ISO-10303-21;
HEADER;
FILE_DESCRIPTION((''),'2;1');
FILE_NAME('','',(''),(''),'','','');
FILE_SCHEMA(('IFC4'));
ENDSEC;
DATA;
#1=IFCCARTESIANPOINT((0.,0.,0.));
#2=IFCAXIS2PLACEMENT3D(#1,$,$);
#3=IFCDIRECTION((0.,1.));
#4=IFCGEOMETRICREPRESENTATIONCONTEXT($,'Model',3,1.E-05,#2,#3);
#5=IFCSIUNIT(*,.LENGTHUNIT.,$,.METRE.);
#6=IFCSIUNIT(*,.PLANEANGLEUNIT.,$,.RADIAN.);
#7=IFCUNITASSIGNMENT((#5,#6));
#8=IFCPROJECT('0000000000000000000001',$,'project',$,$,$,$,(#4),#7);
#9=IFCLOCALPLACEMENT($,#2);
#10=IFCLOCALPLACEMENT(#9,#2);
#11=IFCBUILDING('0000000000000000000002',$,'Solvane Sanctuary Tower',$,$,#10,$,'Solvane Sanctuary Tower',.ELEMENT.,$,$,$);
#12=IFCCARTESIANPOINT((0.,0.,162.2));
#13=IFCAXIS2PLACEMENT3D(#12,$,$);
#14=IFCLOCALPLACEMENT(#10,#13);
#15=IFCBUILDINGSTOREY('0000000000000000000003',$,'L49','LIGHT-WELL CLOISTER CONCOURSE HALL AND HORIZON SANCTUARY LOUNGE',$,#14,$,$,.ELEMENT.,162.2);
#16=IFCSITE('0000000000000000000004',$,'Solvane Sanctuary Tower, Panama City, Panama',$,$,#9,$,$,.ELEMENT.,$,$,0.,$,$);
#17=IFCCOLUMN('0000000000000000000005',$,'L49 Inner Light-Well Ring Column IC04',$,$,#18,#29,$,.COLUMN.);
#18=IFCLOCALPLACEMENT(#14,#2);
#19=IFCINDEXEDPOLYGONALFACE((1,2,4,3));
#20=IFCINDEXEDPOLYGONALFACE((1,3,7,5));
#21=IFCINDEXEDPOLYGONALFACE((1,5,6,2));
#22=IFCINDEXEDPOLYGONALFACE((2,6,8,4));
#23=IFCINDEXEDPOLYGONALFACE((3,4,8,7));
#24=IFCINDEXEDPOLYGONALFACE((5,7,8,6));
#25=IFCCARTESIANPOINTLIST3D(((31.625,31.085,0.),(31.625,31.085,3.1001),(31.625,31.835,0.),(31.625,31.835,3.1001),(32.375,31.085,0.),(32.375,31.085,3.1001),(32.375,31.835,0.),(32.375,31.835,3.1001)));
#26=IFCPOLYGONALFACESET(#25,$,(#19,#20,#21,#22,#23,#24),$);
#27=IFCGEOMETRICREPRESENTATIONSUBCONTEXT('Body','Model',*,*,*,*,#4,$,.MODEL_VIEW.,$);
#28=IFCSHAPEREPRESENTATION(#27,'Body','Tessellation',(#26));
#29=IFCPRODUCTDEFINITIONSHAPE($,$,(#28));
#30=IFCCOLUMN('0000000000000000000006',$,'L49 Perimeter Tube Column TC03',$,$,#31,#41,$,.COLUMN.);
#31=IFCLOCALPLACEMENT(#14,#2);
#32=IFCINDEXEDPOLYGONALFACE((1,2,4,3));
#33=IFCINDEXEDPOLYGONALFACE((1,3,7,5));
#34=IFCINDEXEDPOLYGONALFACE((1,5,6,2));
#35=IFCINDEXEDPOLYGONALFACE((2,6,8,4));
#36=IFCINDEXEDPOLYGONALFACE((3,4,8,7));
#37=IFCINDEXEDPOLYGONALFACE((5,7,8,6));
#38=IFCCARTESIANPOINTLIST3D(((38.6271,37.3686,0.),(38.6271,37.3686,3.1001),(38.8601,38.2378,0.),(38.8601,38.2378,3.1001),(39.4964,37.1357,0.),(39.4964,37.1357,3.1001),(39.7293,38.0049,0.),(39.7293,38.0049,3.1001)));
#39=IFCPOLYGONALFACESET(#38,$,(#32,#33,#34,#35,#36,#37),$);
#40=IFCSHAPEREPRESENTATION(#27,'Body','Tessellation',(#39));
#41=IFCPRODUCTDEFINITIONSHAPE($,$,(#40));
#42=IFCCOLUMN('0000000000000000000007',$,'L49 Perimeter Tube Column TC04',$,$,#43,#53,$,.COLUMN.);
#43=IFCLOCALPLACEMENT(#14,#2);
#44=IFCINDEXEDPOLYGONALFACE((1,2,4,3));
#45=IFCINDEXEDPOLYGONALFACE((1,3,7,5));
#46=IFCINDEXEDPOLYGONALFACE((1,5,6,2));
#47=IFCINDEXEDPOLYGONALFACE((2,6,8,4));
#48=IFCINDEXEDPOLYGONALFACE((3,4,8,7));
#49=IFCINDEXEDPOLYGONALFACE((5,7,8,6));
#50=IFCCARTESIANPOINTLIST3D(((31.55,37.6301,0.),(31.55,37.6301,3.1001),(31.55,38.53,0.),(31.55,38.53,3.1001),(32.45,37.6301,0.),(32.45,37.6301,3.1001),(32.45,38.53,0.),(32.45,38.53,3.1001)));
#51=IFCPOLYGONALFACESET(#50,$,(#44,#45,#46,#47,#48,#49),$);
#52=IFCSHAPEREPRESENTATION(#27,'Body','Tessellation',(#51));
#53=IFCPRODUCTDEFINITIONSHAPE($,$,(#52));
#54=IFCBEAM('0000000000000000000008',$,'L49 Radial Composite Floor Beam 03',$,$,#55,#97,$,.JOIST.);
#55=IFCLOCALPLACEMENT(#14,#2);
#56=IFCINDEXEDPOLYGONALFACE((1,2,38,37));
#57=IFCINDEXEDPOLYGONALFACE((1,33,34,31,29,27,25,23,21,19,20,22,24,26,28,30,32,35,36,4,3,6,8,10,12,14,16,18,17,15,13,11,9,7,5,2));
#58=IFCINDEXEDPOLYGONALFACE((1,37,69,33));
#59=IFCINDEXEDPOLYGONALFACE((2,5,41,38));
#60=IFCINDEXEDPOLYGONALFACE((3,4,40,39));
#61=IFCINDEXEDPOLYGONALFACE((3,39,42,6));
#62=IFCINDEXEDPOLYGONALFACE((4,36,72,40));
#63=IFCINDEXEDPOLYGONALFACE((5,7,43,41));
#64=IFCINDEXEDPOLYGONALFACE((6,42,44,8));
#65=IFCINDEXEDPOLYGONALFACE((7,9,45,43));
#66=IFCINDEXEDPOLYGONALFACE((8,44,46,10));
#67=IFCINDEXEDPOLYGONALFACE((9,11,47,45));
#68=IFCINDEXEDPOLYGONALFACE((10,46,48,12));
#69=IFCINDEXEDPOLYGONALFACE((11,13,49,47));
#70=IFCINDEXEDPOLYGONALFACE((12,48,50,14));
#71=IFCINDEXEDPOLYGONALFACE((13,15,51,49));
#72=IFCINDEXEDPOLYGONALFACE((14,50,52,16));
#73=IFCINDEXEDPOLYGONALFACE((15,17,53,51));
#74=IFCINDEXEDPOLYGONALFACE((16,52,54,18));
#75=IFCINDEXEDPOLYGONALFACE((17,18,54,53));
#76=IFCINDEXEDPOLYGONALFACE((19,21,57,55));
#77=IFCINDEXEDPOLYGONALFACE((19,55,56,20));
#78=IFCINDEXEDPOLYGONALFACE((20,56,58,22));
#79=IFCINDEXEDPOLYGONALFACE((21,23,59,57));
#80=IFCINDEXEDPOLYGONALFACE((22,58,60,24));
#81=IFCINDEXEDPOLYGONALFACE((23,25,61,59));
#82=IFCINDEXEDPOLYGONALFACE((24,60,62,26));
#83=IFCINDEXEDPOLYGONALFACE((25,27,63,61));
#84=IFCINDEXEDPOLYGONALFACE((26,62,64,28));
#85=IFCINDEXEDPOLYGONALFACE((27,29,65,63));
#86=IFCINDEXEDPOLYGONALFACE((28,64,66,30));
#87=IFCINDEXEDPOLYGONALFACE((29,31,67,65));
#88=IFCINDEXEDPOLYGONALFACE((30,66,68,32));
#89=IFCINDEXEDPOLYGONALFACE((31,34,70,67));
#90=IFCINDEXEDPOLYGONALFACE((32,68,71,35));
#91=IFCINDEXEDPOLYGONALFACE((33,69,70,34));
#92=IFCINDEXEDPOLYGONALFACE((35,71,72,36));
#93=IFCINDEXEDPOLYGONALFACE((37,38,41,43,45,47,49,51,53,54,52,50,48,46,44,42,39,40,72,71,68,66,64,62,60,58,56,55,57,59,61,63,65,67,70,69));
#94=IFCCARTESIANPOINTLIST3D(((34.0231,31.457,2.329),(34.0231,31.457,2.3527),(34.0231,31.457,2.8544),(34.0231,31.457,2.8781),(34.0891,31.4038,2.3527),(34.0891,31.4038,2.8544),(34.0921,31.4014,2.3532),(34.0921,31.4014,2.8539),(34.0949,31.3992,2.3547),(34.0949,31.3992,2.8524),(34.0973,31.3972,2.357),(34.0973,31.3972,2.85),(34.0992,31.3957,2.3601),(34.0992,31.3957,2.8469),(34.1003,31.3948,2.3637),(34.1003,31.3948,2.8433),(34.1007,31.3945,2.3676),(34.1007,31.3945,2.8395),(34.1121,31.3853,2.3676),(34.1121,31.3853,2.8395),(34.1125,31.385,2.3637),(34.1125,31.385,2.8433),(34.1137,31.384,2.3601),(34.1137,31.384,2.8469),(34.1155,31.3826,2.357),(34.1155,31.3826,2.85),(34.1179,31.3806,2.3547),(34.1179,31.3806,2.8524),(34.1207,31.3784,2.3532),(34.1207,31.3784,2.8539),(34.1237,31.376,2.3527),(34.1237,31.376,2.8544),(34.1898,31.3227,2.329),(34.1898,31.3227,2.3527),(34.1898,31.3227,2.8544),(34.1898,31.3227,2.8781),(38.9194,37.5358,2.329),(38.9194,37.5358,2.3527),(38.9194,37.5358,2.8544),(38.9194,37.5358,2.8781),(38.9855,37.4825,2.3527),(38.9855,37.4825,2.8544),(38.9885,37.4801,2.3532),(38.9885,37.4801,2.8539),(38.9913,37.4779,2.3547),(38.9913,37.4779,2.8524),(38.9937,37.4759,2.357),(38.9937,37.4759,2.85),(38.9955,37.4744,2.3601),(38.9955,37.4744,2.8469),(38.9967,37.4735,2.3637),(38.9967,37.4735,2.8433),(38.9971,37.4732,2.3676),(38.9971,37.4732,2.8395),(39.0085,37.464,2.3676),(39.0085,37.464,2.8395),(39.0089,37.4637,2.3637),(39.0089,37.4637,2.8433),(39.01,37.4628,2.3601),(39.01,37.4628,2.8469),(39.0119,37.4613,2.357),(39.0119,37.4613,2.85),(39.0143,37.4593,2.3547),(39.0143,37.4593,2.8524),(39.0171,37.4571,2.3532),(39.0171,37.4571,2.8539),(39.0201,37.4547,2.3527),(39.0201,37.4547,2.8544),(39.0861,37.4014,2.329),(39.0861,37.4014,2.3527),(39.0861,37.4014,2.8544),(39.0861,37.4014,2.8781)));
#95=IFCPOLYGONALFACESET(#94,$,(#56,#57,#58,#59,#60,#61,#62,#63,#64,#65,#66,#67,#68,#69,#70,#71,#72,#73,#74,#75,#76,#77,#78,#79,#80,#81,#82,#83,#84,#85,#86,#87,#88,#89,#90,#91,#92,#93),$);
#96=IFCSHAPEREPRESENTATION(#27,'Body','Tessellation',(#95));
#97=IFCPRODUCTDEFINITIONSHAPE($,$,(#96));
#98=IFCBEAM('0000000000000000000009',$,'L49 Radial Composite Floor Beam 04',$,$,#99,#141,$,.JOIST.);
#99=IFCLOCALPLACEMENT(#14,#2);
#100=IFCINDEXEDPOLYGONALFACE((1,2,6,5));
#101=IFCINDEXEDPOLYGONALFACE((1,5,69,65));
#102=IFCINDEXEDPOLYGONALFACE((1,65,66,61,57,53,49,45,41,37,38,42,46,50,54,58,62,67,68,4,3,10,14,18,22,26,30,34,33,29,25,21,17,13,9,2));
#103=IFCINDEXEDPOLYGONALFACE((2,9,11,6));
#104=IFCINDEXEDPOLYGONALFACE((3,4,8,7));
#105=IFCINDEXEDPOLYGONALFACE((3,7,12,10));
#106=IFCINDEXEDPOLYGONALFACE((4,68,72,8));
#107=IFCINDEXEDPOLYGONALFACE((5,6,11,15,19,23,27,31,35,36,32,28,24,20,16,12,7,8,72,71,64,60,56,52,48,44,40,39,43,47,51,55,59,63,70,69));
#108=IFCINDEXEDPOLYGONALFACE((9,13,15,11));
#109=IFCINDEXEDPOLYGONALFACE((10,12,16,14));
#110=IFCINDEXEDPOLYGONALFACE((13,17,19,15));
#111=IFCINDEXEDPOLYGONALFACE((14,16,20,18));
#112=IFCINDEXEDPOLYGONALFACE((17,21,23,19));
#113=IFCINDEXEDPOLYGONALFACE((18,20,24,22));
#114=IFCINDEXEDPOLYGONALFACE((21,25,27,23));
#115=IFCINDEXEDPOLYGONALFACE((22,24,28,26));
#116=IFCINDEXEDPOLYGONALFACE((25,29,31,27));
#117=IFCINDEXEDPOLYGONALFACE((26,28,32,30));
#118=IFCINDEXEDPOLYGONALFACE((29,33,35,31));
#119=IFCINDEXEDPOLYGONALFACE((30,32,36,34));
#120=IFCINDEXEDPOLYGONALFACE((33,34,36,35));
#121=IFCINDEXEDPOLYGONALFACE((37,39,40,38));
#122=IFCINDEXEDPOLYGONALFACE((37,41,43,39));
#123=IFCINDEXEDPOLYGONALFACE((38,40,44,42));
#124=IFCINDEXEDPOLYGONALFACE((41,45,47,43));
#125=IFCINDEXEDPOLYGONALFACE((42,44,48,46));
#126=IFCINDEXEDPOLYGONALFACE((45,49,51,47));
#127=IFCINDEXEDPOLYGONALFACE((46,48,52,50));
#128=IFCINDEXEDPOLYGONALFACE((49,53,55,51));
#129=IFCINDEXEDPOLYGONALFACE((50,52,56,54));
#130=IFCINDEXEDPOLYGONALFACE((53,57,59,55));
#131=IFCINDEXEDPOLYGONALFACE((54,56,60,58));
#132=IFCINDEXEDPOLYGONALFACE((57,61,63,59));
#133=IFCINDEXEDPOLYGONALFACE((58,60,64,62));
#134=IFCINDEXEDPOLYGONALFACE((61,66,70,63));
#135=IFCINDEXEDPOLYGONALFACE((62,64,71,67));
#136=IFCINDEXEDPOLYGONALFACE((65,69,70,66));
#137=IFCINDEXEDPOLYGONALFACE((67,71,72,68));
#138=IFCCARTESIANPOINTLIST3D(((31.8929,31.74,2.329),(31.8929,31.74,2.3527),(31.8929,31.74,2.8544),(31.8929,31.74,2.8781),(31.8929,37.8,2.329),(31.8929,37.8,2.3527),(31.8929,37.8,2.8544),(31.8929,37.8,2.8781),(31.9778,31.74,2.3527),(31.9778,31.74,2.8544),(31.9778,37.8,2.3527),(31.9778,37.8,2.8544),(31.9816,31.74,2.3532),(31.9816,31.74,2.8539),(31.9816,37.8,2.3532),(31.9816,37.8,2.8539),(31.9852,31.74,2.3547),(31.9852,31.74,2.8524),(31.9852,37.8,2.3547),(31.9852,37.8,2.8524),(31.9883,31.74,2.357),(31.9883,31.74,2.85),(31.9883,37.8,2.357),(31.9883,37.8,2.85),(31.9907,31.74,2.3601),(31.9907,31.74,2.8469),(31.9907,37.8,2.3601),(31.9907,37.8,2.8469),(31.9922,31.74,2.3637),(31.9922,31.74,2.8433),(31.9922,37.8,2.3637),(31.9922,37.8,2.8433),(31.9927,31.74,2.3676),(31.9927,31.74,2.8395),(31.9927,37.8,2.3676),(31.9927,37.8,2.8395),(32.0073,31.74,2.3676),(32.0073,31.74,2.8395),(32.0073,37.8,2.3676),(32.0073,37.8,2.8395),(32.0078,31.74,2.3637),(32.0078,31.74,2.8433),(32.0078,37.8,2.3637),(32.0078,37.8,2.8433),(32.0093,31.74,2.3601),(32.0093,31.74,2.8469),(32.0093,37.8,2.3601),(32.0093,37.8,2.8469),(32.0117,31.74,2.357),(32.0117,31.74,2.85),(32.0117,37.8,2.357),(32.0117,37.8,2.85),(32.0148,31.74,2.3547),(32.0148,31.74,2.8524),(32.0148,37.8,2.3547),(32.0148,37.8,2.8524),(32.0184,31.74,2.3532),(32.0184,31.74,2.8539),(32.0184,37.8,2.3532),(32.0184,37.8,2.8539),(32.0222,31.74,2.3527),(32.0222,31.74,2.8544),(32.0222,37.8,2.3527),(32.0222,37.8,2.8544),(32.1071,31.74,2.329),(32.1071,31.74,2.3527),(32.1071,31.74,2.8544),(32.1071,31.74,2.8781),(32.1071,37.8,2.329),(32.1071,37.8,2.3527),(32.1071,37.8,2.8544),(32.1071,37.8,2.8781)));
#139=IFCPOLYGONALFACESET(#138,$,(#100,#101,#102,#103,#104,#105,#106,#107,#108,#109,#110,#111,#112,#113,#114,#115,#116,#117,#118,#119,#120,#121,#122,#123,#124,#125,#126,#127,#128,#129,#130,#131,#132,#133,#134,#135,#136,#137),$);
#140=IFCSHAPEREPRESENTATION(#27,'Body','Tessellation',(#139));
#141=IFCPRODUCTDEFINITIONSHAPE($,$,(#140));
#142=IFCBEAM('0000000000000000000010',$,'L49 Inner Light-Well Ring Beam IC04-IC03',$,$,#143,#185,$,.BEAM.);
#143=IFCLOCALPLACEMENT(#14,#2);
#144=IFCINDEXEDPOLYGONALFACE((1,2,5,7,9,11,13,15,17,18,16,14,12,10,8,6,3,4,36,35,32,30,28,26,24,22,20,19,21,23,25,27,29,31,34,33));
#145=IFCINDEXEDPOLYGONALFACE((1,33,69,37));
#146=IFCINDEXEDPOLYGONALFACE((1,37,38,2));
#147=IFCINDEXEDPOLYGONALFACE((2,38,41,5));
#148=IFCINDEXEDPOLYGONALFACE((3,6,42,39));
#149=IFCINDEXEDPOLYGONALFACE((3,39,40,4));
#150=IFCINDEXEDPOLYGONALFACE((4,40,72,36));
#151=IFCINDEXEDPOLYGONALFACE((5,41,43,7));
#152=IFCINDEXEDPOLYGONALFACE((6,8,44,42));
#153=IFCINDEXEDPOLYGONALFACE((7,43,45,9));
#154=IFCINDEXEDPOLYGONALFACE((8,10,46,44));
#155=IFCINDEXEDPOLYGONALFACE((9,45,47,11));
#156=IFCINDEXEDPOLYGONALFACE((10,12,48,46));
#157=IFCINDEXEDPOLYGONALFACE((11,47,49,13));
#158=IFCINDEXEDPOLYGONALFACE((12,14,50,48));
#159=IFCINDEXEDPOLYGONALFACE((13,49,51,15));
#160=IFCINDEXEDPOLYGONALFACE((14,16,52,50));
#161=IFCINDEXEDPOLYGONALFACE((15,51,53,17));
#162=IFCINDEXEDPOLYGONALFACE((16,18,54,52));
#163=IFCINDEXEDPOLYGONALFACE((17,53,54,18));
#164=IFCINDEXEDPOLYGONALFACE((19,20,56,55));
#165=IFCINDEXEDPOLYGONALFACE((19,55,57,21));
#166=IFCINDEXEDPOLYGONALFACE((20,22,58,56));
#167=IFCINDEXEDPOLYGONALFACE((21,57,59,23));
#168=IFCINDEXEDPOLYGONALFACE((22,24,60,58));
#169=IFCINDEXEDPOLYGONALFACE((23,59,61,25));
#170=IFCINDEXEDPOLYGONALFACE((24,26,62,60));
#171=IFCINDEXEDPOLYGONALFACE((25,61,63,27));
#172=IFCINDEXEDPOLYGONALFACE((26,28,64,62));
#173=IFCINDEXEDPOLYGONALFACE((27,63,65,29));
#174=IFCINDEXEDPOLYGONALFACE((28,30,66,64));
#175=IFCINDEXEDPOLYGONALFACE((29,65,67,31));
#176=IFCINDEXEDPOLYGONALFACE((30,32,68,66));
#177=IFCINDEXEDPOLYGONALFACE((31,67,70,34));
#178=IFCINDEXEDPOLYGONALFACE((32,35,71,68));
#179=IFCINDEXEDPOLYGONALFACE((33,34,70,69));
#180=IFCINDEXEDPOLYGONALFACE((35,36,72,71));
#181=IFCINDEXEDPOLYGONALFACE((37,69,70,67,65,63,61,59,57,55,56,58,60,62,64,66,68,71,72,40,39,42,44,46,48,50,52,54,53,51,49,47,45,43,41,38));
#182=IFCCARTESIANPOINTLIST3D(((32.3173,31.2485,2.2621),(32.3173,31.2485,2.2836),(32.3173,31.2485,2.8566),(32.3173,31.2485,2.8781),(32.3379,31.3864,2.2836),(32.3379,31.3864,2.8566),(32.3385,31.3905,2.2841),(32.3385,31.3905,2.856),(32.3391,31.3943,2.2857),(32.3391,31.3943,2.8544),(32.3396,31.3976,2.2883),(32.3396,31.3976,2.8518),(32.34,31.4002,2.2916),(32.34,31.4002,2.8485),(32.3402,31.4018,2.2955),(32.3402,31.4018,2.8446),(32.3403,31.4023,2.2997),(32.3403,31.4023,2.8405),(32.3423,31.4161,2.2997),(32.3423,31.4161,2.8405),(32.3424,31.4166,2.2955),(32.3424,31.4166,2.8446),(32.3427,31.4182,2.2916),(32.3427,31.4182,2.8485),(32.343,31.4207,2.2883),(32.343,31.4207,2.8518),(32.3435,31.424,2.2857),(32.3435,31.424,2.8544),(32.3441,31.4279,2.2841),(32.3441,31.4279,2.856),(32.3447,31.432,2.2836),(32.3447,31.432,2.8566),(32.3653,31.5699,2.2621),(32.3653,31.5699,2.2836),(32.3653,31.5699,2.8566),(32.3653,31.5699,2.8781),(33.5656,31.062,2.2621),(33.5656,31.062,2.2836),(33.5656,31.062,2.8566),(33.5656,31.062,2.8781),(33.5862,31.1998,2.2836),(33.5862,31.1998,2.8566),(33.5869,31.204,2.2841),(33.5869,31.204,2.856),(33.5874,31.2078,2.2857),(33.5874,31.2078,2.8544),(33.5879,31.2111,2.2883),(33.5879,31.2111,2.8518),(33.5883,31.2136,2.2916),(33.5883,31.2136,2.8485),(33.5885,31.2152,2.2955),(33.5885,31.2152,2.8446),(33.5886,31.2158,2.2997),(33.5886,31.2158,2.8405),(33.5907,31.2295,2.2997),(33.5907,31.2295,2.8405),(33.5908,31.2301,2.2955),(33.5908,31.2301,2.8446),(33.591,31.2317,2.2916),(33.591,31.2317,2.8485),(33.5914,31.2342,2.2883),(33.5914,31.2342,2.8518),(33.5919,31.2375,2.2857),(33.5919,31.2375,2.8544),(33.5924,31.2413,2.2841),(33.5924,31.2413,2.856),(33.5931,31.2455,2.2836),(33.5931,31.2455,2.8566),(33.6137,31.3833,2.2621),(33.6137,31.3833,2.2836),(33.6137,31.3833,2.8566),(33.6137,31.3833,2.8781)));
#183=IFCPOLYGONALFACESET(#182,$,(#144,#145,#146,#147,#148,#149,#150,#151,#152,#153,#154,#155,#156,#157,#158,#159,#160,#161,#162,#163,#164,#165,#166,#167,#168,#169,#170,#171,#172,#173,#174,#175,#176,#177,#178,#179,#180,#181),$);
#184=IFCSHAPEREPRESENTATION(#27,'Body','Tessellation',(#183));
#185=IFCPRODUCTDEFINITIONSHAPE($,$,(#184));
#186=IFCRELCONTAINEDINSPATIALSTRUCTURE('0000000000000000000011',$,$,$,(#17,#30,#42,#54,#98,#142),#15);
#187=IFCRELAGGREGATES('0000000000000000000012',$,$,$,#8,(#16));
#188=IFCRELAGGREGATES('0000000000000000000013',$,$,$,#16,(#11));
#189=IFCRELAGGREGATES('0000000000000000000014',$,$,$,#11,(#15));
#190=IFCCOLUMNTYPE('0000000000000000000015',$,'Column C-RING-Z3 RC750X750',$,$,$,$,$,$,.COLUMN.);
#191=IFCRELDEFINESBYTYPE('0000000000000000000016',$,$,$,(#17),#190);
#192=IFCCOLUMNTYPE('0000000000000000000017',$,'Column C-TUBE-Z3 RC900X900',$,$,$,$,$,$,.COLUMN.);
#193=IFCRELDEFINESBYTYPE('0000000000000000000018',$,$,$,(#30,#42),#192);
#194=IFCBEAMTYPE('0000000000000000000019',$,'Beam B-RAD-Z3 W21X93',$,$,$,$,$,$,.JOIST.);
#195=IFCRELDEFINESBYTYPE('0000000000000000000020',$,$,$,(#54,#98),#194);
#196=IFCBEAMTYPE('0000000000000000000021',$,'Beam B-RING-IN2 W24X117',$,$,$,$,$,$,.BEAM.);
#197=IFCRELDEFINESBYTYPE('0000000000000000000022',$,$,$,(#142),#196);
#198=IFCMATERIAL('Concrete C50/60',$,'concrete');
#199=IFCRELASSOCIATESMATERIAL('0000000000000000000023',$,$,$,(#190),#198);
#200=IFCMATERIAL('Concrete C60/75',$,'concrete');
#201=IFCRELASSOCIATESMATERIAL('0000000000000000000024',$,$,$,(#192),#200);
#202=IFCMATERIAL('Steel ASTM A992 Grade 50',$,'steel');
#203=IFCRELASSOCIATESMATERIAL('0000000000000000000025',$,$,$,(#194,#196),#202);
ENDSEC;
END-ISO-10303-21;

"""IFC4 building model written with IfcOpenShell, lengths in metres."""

from ifc_helpers import new_model, si_unit, direction, frame, origin, origin_2d, place, context, subcontext, project, spatial, rectangle, i_section, extrude, material, material_profile, profile_set, type_object, element, save


model = new_model("IFC4")

# Units and contexts
model_context = context("Model", 3, precision=1e-05, world=origin(), true_north=direction((0.0, 1.0)))
body_context = subcontext(model_context, "Body", "Model", "MODEL_VIEW")
ifc_project = project(units=[si_unit("LENGTHUNIT", "METRE"), si_unit("PLANEANGLEUNIT", "RADIAN")], contexts=[model_context])

# Site, building, storey
site_placement = place(None, origin())
site = spatial("IfcSite", under=ifc_project, at=site_placement, Name="Solvane Sanctuary Tower, Panama City, Panama", CompositionType="ELEMENT", RefElevation=0.0)
building_placement = place(site_placement, origin())
building = spatial("IfcBuilding", under=site, at=building_placement, Name="Solvane Sanctuary Tower", LongName="Solvane Sanctuary Tower", CompositionType="ELEMENT")
storey_placement = place(building_placement, frame((0.0, 0.0, 162.2)))
storey = spatial("IfcBuildingStorey", under=building, at=storey_placement, Name="L49", Description="LIGHT-WELL CLOISTER CONCOURSE HALL AND HORIZON SANCTUARY LOUNGE", CompositionType="ELEMENT", Elevation=162.2)

# Columns
ifc_material_1 = material(Name="Concrete C50/60", Category="concrete")
ifc_material_profile_1 = material_profile(ifc_material_1, rectangle(XDim=0.75, YDim=0.75, at=origin_2d()), Name="RC750X750")
ifc_profile_set_1 = profile_set([ifc_material_profile_1], Name="Concrete C50/60")
column_type_1 = type_object("IfcColumnType", Name="Column C-RING-Z3 RC750X750", PredefinedType="COLUMN", material=ifc_profile_set_1)
column_placement = place(storey_placement, frame((32.0, 31.46, 0.0), z_axis=(0.0, 0.0, 1.0), x_axis=(1.0, 0.0, 0.0)))
element("IfcColumn", 1, at=column_placement, inside=storey, type_object=column_type_1, Name="L49 Inner Light-Well Ring Column IC04", PredefinedType="COLUMN", context=body_context, shape_type="SweptSolid", body=[
    extrude(rectangle(XDim=0.75, YDim=0.75, at=origin_2d()), origin(), (0.0, 0.0, 1.0), 3.1001),
])
ifc_material_2 = material(Name="Concrete C60/75", Category="concrete")
ifc_material_profile_2 = material_profile(ifc_material_2, rectangle(XDim=0.8999, YDim=0.8999, at=origin_2d()), Name="RC900X900")
ifc_profile_set_2 = profile_set([ifc_material_profile_2], Name="Concrete C60/75")
column_type_2 = type_object("IfcColumnType", Name="Column C-TUBE-Z3 RC900X900", PredefinedType="COLUMN", material=ifc_profile_set_2)
for number, where, z_axis, x_axis, name in (
    (2, (39.1782, 37.6868, 0.0), (0.0, 0.0, 1.0), (0.258819, 0.965926, 0.0), "L49 Perimeter Tube Column TC03"),
    (3, (32.0, 38.0801, 0.0), (0.0, 0.0, 1.0), (0.0, 1.0, 0.0), "L49 Perimeter Tube Column TC04"),
):
    element("IfcColumn", number, at=place(storey_placement, frame(where, z_axis=z_axis, x_axis=x_axis)), inside=storey, type_object=column_type_2, Name=name, PredefinedType="COLUMN", context=body_context, shape_type="SweptSolid", body=[
        extrude(rectangle(XDim=0.8999, YDim=0.8999, at=origin_2d()), origin(), (0.0, 0.0, 1.0), 3.1001),
    ])

# Beams
ifc_material_3 = material(Name="Steel ASTM A992 Grade 50", Category="steel")
ifc_material_profile_3 = material_profile(ifc_material_3, i_section(OverallWidth=0.2141, OverallDepth=0.5491, WebThickness=0.0146, FlangeThickness=0.0237, FilletRadius=0.0149, at=origin_2d()), Name="W21X93")
ifc_profile_set_3 = profile_set([ifc_material_profile_3], Name="Steel ASTM A992 Grade 50")
beam_type_1 = type_object("IfcBeamType", Name="Beam B-RAD-Z3 W21X93", PredefinedType="JOIST", material=ifc_profile_set_3)
beam_1_placement = place(storey_placement, frame((34.1064, 31.3899, 2.6035), z_axis=(0.627297, 0.77878, 0.0), x_axis=(-0.77878, 0.627297, 0.0)))
element("IfcBeam", 4, at=beam_1_placement, inside=storey, type_object=beam_type_1, Name="L49 Radial Composite Floor Beam 03", PredefinedType="JOIST", context=body_context, shape_type="SweptSolid", body=[
    extrude(i_section(OverallWidth=0.2141, OverallDepth=0.5491, WebThickness=0.0146, FlangeThickness=0.0237, FilletRadius=0.0149, at=origin_2d()), origin(), (0.0, 0.0, 1.0), 7.8054),
])
beam_2_placement = place(storey_placement, frame((32.0, 31.74, 2.6035), z_axis=(0.0, 1.0, 0.0), x_axis=(-1.0, 0.0, 0.0)))
element("IfcBeam", 5, at=beam_2_placement, inside=storey, type_object=beam_type_1, Name="L49 Radial Composite Floor Beam 04", PredefinedType="JOIST", context=body_context, shape_type="SweptSolid", body=[
    extrude(i_section(OverallWidth=0.2141, OverallDepth=0.5491, WebThickness=0.0146, FlangeThickness=0.0237, FilletRadius=0.0149, at=origin_2d()), origin(), (0.0, 0.0, 1.0), 6.0601),
])
ifc_material_profile_4 = material_profile(ifc_material_3, i_section(OverallWidth=0.325, OverallDepth=0.616, WebThickness=0.0139, FlangeThickness=0.0215, FilletRadius=0.0161, at=origin_2d()), Name="W24X117")
ifc_profile_set_4 = profile_set([ifc_material_profile_4], Name="Steel ASTM A992 Grade 50")
beam_type_2 = type_object("IfcBeamType", Name="Beam B-RING-IN2 W24X117", PredefinedType="BEAM", material=ifc_profile_set_4)
beam_3_placement = place(storey_placement, frame((32.3413, 31.4092, 2.5701), z_axis=(0.98902, -0.147782, 0.0), x_axis=(0.147782, 0.98902, 0.0)))
element("IfcBeam", 6, at=beam_3_placement, inside=storey, type_object=beam_type_2, Name="L49 Inner Light-Well Ring Beam IC04-IC03", PredefinedType="BEAM", context=body_context, shape_type="SweptSolid", body=[
    extrude(i_section(OverallWidth=0.325, OverallDepth=0.616, WebThickness=0.0139, FlangeThickness=0.0215, FilletRadius=0.0161, at=origin_2d()), origin(), (0.0, 0.0, 1.0), 1.2622),
])

save(model, "model.ifc")
